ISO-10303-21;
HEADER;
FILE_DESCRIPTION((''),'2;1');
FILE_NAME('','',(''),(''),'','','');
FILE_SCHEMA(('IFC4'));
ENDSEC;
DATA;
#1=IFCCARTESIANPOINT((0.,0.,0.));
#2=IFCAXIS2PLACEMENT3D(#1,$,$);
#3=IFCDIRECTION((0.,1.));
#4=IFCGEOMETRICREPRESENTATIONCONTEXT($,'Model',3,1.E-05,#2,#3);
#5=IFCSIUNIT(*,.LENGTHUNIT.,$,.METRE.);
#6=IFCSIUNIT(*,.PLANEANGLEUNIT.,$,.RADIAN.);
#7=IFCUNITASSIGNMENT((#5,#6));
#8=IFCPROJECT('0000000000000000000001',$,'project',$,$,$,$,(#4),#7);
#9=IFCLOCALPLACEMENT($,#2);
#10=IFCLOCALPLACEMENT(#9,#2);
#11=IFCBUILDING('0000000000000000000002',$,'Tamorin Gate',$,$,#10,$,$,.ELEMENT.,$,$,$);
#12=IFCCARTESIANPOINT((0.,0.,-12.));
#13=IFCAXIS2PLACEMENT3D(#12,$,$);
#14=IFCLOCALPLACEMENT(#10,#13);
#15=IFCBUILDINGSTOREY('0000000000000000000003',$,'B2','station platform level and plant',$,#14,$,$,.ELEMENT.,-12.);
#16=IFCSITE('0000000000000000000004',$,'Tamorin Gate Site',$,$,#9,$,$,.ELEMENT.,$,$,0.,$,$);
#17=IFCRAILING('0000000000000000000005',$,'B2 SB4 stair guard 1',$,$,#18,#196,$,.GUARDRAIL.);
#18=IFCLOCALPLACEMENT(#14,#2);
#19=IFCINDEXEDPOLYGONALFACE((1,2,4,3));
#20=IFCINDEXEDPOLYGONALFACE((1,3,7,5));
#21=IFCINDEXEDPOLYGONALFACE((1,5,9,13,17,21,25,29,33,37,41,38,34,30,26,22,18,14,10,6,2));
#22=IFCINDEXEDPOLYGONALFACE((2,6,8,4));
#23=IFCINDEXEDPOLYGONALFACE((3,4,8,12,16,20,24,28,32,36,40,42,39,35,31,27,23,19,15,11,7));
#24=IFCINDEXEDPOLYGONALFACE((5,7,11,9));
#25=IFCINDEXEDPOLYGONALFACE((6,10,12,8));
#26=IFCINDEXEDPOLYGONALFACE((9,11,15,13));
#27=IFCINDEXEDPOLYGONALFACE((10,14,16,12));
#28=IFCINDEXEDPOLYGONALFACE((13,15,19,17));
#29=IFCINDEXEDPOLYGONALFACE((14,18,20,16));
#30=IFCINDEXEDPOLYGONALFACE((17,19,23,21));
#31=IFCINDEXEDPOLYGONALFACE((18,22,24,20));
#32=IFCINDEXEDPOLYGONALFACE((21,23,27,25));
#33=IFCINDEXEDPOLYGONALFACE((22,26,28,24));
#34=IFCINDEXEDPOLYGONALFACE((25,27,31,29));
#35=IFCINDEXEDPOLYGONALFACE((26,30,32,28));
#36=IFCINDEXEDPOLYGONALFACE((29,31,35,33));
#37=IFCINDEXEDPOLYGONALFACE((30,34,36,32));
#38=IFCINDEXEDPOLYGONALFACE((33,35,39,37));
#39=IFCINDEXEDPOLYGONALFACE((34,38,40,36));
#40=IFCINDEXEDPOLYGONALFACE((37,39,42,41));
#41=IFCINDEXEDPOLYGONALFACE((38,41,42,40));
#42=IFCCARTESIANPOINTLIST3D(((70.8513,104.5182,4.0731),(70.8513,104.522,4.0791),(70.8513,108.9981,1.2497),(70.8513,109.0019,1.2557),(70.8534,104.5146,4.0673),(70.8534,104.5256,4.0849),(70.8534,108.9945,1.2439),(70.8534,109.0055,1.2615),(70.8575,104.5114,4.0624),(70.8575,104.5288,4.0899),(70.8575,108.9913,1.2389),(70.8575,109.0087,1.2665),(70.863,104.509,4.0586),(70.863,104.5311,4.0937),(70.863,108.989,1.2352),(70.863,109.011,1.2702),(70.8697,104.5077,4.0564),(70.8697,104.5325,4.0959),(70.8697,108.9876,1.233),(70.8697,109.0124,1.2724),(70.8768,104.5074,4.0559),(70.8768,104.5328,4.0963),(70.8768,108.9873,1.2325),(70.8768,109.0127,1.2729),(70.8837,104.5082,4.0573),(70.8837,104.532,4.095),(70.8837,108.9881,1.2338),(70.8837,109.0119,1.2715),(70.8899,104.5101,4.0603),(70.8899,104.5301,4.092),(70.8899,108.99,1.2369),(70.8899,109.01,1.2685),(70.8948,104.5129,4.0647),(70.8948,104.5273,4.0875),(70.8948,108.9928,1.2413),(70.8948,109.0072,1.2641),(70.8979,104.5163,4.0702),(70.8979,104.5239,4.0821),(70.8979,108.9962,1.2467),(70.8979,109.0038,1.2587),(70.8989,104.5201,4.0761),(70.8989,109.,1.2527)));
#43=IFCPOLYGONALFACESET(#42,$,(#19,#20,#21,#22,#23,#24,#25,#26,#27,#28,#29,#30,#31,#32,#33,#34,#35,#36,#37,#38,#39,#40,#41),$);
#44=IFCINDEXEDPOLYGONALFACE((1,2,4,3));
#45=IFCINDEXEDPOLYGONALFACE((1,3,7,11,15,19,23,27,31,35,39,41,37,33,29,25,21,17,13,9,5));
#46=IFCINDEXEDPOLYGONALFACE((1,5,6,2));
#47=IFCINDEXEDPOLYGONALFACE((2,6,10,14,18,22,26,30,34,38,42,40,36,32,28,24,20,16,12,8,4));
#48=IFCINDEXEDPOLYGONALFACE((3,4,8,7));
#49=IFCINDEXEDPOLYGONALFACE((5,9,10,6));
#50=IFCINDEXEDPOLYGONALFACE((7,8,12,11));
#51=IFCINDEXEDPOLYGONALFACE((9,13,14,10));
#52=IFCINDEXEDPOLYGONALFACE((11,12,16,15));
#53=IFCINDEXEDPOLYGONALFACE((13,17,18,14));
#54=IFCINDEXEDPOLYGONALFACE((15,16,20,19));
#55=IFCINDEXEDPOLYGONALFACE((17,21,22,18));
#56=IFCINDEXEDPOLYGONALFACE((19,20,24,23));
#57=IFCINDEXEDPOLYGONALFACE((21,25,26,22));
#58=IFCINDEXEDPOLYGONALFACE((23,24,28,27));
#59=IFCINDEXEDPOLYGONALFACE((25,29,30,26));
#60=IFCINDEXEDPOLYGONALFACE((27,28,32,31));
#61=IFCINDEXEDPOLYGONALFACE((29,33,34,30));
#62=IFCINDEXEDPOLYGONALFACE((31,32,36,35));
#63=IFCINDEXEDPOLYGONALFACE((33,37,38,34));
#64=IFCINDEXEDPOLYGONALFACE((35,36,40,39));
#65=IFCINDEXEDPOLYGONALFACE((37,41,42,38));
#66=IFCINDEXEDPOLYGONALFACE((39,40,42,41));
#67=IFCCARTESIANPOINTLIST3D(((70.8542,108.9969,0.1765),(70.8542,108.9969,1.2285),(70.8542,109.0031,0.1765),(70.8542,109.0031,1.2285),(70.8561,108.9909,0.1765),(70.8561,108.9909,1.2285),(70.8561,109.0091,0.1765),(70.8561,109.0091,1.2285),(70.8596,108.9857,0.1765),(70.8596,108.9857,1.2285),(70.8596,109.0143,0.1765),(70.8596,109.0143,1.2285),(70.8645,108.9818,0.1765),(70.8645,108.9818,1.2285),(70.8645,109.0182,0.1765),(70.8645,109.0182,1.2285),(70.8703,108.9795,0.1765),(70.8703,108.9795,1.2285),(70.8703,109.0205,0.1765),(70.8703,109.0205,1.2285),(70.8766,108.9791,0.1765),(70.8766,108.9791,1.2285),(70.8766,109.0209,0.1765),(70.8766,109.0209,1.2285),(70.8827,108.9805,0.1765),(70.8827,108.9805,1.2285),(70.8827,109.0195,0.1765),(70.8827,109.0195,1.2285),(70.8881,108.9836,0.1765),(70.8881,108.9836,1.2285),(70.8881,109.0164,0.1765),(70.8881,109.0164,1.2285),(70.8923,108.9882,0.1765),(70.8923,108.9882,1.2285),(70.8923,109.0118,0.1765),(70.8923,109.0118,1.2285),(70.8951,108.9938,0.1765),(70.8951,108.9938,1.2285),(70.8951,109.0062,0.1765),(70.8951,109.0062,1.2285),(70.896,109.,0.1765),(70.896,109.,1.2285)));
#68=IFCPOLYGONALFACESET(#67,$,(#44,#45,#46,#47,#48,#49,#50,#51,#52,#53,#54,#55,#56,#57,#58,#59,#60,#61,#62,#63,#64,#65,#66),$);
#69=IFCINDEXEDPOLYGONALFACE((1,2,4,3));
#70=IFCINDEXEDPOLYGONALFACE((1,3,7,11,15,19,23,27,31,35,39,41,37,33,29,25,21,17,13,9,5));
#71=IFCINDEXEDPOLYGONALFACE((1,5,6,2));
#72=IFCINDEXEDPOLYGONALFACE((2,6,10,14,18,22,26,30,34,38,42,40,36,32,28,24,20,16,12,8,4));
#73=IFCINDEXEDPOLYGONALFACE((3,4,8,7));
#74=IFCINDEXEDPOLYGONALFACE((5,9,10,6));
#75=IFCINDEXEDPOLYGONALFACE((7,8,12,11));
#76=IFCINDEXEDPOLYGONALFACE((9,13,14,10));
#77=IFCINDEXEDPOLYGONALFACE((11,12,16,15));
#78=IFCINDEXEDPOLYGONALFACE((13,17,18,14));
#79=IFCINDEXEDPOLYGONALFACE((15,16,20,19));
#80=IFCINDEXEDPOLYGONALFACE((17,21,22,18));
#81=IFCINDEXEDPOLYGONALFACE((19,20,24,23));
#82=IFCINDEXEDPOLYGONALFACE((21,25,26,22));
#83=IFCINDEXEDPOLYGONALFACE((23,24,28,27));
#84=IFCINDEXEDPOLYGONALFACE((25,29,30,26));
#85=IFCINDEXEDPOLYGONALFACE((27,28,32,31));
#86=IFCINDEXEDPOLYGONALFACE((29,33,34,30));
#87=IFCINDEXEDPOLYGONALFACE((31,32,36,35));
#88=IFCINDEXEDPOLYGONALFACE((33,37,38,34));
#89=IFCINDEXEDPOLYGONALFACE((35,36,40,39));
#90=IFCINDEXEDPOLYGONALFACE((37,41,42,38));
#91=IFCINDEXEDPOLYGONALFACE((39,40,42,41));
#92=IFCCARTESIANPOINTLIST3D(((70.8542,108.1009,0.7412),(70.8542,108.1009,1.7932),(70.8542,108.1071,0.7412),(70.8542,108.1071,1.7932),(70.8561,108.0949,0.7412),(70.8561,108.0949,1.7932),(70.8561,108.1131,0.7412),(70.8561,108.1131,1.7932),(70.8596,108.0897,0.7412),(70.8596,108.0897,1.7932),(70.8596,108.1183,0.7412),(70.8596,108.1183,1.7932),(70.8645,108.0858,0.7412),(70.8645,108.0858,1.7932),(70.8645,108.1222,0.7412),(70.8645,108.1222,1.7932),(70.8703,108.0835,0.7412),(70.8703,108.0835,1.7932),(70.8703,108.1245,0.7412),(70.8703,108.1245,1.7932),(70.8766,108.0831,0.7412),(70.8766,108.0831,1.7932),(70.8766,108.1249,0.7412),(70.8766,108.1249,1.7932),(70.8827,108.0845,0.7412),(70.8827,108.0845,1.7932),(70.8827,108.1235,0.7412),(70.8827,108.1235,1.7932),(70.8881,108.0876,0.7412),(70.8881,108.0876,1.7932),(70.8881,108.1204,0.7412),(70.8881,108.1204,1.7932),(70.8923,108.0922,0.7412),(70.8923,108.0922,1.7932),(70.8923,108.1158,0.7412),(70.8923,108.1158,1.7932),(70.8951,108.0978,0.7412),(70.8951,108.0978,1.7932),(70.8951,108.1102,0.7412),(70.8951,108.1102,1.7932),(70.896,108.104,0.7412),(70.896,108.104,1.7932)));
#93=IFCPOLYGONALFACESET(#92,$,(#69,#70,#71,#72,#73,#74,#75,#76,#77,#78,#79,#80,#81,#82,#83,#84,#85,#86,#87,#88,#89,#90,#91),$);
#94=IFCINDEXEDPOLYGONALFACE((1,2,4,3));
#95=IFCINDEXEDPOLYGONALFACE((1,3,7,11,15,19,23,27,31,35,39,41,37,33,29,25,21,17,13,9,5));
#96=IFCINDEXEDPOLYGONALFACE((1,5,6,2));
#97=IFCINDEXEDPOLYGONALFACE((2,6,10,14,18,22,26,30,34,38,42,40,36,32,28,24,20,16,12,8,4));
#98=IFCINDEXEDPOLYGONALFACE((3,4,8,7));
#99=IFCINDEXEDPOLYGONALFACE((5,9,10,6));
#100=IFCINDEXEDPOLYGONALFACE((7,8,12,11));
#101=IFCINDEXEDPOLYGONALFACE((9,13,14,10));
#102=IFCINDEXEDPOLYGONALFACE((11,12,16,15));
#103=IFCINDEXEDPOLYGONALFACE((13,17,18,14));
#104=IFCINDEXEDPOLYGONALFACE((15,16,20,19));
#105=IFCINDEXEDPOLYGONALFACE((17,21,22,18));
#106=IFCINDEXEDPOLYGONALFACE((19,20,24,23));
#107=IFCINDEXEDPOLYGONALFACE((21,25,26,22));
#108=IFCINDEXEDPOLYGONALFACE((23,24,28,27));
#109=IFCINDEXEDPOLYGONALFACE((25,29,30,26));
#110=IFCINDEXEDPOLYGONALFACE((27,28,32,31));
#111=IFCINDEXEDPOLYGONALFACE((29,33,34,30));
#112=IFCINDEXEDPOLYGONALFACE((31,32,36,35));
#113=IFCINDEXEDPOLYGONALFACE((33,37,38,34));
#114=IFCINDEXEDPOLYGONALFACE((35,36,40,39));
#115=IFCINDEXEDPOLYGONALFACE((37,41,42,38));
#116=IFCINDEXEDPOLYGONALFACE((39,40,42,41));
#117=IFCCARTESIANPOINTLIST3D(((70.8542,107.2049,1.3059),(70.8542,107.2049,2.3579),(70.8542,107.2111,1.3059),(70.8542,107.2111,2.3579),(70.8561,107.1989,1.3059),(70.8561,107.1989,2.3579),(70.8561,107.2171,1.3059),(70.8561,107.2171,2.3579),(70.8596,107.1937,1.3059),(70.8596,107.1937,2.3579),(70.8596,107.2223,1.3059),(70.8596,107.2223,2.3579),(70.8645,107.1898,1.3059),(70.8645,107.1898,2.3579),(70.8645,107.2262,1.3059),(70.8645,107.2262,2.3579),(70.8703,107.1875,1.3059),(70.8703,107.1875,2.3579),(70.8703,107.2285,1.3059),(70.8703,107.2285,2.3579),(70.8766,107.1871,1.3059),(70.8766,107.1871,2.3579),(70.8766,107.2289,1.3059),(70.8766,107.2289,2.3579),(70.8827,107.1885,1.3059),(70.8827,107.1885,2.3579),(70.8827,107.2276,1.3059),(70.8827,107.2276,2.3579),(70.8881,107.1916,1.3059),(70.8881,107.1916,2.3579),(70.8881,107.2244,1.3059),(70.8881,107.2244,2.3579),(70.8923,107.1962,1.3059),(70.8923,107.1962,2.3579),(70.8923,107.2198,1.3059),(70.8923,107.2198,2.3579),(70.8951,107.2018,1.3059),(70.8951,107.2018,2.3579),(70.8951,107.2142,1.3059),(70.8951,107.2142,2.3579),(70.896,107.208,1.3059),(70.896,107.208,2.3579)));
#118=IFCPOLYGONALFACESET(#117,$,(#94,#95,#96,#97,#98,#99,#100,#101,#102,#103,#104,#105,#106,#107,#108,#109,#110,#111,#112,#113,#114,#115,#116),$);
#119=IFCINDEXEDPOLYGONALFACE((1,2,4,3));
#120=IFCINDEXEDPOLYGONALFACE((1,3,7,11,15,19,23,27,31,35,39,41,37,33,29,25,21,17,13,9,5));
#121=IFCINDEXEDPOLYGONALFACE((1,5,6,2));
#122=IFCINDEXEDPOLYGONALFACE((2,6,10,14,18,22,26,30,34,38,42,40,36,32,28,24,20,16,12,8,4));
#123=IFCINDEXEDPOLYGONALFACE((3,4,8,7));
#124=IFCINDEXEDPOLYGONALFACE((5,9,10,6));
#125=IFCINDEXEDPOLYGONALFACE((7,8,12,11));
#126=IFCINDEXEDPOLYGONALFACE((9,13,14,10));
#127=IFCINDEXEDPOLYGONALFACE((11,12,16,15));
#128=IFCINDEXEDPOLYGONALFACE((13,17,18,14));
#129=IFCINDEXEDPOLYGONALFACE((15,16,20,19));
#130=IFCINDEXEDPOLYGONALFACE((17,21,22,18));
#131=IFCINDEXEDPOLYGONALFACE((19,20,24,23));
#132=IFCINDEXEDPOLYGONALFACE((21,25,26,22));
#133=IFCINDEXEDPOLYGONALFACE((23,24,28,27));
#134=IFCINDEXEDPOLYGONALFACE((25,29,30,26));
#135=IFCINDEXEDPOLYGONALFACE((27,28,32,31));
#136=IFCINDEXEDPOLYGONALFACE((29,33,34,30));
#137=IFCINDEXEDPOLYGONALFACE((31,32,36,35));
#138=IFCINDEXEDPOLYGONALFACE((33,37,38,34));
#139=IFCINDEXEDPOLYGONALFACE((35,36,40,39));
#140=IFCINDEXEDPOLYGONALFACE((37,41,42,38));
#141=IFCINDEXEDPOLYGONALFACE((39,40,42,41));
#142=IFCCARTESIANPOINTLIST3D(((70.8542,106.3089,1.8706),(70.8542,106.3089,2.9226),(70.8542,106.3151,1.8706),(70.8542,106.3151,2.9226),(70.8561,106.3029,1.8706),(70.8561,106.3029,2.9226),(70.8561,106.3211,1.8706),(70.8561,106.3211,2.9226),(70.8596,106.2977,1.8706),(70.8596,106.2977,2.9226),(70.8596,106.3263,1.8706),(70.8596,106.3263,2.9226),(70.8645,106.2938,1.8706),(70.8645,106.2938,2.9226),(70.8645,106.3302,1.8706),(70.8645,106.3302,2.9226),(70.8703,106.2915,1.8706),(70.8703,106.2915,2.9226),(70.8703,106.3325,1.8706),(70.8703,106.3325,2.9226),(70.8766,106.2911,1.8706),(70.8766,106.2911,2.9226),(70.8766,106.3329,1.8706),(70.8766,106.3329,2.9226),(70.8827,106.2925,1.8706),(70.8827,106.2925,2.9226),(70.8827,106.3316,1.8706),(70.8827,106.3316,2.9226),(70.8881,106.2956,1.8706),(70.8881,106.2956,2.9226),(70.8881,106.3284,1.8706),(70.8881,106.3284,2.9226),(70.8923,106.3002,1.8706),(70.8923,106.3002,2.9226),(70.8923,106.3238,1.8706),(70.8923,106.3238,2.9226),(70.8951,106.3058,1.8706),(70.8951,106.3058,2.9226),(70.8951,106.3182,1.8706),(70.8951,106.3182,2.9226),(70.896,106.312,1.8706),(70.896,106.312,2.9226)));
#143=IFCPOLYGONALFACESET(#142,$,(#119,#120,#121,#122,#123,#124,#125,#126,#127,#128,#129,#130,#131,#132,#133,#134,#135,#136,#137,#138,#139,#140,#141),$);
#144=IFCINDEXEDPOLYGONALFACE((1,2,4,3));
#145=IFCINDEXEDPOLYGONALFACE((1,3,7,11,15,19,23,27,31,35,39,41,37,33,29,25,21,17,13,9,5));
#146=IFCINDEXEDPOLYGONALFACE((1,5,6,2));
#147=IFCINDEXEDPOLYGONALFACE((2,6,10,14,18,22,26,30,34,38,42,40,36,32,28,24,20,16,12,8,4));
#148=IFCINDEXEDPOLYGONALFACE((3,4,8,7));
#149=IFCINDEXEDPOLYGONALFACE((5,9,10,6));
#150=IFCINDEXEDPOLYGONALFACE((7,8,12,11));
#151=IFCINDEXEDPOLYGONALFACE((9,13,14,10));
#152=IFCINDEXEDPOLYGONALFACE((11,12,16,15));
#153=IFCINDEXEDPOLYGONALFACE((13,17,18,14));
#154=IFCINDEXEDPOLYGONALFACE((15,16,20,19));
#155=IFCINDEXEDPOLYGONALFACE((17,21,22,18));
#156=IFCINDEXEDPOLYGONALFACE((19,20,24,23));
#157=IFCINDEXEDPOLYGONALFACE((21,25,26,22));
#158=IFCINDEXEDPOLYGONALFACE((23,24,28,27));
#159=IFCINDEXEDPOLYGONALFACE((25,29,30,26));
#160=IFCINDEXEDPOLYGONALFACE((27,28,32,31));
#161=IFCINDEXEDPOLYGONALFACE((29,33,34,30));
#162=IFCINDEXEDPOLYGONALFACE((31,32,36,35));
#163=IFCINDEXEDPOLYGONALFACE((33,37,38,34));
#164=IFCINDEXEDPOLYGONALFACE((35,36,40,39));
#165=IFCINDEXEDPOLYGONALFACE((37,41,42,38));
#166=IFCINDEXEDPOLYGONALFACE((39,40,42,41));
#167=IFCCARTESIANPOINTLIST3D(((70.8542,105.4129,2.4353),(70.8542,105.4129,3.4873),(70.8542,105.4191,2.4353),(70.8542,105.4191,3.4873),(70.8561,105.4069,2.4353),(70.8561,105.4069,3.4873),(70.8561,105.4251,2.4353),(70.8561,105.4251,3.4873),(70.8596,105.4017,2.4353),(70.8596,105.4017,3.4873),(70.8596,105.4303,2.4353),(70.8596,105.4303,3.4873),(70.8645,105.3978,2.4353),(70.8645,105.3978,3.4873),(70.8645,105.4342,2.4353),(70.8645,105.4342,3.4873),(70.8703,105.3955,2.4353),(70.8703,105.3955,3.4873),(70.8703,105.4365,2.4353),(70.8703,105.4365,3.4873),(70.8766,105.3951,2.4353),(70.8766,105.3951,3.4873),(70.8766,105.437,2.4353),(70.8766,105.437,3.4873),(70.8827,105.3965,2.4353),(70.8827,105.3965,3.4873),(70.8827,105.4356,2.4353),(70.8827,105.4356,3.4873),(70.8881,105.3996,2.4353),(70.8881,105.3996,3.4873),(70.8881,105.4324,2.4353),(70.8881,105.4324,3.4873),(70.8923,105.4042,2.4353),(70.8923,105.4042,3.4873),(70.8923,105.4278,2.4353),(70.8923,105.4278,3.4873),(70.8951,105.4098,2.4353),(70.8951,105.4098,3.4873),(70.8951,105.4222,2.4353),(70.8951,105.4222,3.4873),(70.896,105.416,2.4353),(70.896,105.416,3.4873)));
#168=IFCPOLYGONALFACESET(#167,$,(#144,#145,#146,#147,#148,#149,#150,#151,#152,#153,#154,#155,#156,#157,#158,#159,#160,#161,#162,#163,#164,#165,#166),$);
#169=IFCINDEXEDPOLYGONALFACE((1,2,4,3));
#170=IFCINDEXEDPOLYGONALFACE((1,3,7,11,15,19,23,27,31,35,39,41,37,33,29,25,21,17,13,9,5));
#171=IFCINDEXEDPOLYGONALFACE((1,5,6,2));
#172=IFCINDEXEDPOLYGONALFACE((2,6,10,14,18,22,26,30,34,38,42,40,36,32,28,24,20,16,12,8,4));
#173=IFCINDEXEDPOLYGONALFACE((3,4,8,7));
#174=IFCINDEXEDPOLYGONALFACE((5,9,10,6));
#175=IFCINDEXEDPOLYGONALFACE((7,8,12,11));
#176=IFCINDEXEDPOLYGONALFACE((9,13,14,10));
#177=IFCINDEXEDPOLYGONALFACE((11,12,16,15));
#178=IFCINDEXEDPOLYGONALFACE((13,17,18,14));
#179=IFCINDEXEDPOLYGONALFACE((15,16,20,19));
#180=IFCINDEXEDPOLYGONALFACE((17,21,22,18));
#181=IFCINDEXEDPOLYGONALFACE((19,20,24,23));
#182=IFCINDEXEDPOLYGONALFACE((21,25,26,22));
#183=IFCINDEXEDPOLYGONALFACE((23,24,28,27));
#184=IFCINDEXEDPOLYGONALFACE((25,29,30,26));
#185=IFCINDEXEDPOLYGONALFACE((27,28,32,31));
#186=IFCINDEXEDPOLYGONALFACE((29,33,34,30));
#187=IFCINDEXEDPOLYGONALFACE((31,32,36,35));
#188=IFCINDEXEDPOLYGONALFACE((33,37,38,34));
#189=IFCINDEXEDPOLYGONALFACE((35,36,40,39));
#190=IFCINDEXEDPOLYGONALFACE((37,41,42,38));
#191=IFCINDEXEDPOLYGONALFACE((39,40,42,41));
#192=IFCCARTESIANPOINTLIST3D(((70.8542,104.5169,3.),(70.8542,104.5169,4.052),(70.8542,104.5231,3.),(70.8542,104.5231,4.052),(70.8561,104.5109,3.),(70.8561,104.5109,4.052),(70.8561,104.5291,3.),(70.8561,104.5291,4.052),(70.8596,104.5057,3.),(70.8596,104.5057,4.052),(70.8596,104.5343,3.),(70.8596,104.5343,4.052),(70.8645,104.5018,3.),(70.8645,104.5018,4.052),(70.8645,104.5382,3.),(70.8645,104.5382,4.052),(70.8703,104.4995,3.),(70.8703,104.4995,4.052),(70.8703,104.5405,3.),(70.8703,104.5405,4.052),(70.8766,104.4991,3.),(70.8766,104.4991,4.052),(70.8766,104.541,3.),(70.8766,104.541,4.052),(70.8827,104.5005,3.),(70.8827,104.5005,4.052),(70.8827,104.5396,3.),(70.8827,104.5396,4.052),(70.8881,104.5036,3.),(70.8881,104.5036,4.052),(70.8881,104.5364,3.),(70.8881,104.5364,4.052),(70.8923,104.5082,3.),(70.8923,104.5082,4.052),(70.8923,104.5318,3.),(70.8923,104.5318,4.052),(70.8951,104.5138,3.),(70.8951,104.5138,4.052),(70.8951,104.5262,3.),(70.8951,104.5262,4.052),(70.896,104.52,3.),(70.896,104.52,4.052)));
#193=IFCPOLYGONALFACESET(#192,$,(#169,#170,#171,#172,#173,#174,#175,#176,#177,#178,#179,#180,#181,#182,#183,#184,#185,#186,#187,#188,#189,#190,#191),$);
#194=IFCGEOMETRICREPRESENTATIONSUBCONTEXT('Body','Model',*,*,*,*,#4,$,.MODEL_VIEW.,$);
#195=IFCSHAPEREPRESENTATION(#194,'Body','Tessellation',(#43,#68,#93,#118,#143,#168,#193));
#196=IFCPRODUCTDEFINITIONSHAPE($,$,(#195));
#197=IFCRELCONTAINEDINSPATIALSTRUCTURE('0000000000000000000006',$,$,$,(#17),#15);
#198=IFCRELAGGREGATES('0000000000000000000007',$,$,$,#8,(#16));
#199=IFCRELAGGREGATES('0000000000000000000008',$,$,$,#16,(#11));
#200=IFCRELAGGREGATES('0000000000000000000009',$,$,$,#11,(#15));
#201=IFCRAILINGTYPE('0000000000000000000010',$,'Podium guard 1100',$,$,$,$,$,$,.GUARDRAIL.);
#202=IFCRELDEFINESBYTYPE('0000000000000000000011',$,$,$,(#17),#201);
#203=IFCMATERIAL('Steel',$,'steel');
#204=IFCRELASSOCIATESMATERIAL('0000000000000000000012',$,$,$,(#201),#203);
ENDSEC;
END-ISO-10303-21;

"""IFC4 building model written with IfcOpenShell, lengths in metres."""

from ifc_helpers import new_model, si_unit, direction, frame, origin, origin_2d, place, context, subcontext, project, spatial, circle, extrude, material, type_object, element, save


model = new_model("IFC4")

# Units and contexts
model_context = context("Model", 3, precision=1e-05, world=origin(), true_north=direction((0.0, 1.0)))
body_context = subcontext(model_context, "Body", "Model", "MODEL_VIEW")
ifc_project = project(units=[si_unit("LENGTHUNIT", "METRE"), si_unit("PLANEANGLEUNIT", "RADIAN")], contexts=[model_context])

# Site, building, storey
site_placement = place(None, origin())
site = spatial("IfcSite", under=ifc_project, at=site_placement, Name="Tamorin Gate Site", CompositionType="ELEMENT", RefElevation=0.0)
building_placement = place(site_placement, origin())
building = spatial("IfcBuilding", under=site, at=building_placement, Name="Tamorin Gate", CompositionType="ELEMENT")
storey_placement = place(building_placement, frame((0.0, 0.0, -12.0)))
storey = spatial("IfcBuildingStorey", under=building, at=storey_placement, Name="B2", Description="station platform level and plant", CompositionType="ELEMENT", Elevation=-12.0)

# Railing
ifc_material_1 = material(Name="Steel", Category="steel")
railing_type_1 = type_object("IfcRailingType", Name="Podium guard 1100", PredefinedType="GUARDRAIL", material=ifc_material_1)
railing_1_placement = place(storey_placement, frame((70.875, 109.0, 0.1765)))
element("IfcRailing", 1, at=railing_1_placement, inside=storey, type_object=railing_type_1, Name="B2 SB4 stair guard 1", PredefinedType="GUARDRAIL", context=body_context, shape_type="SweptSolid", body=[
    extrude(circle(Radius=0.0239, at=origin_2d()), frame((0.0, 0.0, 1.0762), z_axis=(0.0, -0.845998, 0.533186), x_axis=(1.0, 0.0, 0.0)), (0.0, 0.0, 1.0), 5.2954),
    extrude(circle(Radius=0.021, at=origin_2d()), origin(), (0.0, 0.0, 1.0), 1.052),
    extrude(circle(Radius=0.021, at=origin_2d()), frame((0.0, -0.896, 0.5647)), (0.0, 0.0, 1.0), 1.052),
    extrude(circle(Radius=0.021, at=origin_2d()), frame((0.0, -1.792, 1.1294)), (0.0, 0.0, 1.0), 1.052),
    extrude(circle(Radius=0.021, at=origin_2d()), frame((0.0, -2.688, 1.6941)), (0.0, 0.0, 1.0), 1.052),
    extrude(circle(Radius=0.021, at=origin_2d()), frame((0.0, -3.584, 2.2588)), (0.0, 0.0, 1.0), 1.052),
    extrude(circle(Radius=0.021, at=origin_2d()), frame((0.0, -4.48, 2.8235)), (0.0, 0.0, 1.0), 1.052),
])

save(model, "model.ifc")
